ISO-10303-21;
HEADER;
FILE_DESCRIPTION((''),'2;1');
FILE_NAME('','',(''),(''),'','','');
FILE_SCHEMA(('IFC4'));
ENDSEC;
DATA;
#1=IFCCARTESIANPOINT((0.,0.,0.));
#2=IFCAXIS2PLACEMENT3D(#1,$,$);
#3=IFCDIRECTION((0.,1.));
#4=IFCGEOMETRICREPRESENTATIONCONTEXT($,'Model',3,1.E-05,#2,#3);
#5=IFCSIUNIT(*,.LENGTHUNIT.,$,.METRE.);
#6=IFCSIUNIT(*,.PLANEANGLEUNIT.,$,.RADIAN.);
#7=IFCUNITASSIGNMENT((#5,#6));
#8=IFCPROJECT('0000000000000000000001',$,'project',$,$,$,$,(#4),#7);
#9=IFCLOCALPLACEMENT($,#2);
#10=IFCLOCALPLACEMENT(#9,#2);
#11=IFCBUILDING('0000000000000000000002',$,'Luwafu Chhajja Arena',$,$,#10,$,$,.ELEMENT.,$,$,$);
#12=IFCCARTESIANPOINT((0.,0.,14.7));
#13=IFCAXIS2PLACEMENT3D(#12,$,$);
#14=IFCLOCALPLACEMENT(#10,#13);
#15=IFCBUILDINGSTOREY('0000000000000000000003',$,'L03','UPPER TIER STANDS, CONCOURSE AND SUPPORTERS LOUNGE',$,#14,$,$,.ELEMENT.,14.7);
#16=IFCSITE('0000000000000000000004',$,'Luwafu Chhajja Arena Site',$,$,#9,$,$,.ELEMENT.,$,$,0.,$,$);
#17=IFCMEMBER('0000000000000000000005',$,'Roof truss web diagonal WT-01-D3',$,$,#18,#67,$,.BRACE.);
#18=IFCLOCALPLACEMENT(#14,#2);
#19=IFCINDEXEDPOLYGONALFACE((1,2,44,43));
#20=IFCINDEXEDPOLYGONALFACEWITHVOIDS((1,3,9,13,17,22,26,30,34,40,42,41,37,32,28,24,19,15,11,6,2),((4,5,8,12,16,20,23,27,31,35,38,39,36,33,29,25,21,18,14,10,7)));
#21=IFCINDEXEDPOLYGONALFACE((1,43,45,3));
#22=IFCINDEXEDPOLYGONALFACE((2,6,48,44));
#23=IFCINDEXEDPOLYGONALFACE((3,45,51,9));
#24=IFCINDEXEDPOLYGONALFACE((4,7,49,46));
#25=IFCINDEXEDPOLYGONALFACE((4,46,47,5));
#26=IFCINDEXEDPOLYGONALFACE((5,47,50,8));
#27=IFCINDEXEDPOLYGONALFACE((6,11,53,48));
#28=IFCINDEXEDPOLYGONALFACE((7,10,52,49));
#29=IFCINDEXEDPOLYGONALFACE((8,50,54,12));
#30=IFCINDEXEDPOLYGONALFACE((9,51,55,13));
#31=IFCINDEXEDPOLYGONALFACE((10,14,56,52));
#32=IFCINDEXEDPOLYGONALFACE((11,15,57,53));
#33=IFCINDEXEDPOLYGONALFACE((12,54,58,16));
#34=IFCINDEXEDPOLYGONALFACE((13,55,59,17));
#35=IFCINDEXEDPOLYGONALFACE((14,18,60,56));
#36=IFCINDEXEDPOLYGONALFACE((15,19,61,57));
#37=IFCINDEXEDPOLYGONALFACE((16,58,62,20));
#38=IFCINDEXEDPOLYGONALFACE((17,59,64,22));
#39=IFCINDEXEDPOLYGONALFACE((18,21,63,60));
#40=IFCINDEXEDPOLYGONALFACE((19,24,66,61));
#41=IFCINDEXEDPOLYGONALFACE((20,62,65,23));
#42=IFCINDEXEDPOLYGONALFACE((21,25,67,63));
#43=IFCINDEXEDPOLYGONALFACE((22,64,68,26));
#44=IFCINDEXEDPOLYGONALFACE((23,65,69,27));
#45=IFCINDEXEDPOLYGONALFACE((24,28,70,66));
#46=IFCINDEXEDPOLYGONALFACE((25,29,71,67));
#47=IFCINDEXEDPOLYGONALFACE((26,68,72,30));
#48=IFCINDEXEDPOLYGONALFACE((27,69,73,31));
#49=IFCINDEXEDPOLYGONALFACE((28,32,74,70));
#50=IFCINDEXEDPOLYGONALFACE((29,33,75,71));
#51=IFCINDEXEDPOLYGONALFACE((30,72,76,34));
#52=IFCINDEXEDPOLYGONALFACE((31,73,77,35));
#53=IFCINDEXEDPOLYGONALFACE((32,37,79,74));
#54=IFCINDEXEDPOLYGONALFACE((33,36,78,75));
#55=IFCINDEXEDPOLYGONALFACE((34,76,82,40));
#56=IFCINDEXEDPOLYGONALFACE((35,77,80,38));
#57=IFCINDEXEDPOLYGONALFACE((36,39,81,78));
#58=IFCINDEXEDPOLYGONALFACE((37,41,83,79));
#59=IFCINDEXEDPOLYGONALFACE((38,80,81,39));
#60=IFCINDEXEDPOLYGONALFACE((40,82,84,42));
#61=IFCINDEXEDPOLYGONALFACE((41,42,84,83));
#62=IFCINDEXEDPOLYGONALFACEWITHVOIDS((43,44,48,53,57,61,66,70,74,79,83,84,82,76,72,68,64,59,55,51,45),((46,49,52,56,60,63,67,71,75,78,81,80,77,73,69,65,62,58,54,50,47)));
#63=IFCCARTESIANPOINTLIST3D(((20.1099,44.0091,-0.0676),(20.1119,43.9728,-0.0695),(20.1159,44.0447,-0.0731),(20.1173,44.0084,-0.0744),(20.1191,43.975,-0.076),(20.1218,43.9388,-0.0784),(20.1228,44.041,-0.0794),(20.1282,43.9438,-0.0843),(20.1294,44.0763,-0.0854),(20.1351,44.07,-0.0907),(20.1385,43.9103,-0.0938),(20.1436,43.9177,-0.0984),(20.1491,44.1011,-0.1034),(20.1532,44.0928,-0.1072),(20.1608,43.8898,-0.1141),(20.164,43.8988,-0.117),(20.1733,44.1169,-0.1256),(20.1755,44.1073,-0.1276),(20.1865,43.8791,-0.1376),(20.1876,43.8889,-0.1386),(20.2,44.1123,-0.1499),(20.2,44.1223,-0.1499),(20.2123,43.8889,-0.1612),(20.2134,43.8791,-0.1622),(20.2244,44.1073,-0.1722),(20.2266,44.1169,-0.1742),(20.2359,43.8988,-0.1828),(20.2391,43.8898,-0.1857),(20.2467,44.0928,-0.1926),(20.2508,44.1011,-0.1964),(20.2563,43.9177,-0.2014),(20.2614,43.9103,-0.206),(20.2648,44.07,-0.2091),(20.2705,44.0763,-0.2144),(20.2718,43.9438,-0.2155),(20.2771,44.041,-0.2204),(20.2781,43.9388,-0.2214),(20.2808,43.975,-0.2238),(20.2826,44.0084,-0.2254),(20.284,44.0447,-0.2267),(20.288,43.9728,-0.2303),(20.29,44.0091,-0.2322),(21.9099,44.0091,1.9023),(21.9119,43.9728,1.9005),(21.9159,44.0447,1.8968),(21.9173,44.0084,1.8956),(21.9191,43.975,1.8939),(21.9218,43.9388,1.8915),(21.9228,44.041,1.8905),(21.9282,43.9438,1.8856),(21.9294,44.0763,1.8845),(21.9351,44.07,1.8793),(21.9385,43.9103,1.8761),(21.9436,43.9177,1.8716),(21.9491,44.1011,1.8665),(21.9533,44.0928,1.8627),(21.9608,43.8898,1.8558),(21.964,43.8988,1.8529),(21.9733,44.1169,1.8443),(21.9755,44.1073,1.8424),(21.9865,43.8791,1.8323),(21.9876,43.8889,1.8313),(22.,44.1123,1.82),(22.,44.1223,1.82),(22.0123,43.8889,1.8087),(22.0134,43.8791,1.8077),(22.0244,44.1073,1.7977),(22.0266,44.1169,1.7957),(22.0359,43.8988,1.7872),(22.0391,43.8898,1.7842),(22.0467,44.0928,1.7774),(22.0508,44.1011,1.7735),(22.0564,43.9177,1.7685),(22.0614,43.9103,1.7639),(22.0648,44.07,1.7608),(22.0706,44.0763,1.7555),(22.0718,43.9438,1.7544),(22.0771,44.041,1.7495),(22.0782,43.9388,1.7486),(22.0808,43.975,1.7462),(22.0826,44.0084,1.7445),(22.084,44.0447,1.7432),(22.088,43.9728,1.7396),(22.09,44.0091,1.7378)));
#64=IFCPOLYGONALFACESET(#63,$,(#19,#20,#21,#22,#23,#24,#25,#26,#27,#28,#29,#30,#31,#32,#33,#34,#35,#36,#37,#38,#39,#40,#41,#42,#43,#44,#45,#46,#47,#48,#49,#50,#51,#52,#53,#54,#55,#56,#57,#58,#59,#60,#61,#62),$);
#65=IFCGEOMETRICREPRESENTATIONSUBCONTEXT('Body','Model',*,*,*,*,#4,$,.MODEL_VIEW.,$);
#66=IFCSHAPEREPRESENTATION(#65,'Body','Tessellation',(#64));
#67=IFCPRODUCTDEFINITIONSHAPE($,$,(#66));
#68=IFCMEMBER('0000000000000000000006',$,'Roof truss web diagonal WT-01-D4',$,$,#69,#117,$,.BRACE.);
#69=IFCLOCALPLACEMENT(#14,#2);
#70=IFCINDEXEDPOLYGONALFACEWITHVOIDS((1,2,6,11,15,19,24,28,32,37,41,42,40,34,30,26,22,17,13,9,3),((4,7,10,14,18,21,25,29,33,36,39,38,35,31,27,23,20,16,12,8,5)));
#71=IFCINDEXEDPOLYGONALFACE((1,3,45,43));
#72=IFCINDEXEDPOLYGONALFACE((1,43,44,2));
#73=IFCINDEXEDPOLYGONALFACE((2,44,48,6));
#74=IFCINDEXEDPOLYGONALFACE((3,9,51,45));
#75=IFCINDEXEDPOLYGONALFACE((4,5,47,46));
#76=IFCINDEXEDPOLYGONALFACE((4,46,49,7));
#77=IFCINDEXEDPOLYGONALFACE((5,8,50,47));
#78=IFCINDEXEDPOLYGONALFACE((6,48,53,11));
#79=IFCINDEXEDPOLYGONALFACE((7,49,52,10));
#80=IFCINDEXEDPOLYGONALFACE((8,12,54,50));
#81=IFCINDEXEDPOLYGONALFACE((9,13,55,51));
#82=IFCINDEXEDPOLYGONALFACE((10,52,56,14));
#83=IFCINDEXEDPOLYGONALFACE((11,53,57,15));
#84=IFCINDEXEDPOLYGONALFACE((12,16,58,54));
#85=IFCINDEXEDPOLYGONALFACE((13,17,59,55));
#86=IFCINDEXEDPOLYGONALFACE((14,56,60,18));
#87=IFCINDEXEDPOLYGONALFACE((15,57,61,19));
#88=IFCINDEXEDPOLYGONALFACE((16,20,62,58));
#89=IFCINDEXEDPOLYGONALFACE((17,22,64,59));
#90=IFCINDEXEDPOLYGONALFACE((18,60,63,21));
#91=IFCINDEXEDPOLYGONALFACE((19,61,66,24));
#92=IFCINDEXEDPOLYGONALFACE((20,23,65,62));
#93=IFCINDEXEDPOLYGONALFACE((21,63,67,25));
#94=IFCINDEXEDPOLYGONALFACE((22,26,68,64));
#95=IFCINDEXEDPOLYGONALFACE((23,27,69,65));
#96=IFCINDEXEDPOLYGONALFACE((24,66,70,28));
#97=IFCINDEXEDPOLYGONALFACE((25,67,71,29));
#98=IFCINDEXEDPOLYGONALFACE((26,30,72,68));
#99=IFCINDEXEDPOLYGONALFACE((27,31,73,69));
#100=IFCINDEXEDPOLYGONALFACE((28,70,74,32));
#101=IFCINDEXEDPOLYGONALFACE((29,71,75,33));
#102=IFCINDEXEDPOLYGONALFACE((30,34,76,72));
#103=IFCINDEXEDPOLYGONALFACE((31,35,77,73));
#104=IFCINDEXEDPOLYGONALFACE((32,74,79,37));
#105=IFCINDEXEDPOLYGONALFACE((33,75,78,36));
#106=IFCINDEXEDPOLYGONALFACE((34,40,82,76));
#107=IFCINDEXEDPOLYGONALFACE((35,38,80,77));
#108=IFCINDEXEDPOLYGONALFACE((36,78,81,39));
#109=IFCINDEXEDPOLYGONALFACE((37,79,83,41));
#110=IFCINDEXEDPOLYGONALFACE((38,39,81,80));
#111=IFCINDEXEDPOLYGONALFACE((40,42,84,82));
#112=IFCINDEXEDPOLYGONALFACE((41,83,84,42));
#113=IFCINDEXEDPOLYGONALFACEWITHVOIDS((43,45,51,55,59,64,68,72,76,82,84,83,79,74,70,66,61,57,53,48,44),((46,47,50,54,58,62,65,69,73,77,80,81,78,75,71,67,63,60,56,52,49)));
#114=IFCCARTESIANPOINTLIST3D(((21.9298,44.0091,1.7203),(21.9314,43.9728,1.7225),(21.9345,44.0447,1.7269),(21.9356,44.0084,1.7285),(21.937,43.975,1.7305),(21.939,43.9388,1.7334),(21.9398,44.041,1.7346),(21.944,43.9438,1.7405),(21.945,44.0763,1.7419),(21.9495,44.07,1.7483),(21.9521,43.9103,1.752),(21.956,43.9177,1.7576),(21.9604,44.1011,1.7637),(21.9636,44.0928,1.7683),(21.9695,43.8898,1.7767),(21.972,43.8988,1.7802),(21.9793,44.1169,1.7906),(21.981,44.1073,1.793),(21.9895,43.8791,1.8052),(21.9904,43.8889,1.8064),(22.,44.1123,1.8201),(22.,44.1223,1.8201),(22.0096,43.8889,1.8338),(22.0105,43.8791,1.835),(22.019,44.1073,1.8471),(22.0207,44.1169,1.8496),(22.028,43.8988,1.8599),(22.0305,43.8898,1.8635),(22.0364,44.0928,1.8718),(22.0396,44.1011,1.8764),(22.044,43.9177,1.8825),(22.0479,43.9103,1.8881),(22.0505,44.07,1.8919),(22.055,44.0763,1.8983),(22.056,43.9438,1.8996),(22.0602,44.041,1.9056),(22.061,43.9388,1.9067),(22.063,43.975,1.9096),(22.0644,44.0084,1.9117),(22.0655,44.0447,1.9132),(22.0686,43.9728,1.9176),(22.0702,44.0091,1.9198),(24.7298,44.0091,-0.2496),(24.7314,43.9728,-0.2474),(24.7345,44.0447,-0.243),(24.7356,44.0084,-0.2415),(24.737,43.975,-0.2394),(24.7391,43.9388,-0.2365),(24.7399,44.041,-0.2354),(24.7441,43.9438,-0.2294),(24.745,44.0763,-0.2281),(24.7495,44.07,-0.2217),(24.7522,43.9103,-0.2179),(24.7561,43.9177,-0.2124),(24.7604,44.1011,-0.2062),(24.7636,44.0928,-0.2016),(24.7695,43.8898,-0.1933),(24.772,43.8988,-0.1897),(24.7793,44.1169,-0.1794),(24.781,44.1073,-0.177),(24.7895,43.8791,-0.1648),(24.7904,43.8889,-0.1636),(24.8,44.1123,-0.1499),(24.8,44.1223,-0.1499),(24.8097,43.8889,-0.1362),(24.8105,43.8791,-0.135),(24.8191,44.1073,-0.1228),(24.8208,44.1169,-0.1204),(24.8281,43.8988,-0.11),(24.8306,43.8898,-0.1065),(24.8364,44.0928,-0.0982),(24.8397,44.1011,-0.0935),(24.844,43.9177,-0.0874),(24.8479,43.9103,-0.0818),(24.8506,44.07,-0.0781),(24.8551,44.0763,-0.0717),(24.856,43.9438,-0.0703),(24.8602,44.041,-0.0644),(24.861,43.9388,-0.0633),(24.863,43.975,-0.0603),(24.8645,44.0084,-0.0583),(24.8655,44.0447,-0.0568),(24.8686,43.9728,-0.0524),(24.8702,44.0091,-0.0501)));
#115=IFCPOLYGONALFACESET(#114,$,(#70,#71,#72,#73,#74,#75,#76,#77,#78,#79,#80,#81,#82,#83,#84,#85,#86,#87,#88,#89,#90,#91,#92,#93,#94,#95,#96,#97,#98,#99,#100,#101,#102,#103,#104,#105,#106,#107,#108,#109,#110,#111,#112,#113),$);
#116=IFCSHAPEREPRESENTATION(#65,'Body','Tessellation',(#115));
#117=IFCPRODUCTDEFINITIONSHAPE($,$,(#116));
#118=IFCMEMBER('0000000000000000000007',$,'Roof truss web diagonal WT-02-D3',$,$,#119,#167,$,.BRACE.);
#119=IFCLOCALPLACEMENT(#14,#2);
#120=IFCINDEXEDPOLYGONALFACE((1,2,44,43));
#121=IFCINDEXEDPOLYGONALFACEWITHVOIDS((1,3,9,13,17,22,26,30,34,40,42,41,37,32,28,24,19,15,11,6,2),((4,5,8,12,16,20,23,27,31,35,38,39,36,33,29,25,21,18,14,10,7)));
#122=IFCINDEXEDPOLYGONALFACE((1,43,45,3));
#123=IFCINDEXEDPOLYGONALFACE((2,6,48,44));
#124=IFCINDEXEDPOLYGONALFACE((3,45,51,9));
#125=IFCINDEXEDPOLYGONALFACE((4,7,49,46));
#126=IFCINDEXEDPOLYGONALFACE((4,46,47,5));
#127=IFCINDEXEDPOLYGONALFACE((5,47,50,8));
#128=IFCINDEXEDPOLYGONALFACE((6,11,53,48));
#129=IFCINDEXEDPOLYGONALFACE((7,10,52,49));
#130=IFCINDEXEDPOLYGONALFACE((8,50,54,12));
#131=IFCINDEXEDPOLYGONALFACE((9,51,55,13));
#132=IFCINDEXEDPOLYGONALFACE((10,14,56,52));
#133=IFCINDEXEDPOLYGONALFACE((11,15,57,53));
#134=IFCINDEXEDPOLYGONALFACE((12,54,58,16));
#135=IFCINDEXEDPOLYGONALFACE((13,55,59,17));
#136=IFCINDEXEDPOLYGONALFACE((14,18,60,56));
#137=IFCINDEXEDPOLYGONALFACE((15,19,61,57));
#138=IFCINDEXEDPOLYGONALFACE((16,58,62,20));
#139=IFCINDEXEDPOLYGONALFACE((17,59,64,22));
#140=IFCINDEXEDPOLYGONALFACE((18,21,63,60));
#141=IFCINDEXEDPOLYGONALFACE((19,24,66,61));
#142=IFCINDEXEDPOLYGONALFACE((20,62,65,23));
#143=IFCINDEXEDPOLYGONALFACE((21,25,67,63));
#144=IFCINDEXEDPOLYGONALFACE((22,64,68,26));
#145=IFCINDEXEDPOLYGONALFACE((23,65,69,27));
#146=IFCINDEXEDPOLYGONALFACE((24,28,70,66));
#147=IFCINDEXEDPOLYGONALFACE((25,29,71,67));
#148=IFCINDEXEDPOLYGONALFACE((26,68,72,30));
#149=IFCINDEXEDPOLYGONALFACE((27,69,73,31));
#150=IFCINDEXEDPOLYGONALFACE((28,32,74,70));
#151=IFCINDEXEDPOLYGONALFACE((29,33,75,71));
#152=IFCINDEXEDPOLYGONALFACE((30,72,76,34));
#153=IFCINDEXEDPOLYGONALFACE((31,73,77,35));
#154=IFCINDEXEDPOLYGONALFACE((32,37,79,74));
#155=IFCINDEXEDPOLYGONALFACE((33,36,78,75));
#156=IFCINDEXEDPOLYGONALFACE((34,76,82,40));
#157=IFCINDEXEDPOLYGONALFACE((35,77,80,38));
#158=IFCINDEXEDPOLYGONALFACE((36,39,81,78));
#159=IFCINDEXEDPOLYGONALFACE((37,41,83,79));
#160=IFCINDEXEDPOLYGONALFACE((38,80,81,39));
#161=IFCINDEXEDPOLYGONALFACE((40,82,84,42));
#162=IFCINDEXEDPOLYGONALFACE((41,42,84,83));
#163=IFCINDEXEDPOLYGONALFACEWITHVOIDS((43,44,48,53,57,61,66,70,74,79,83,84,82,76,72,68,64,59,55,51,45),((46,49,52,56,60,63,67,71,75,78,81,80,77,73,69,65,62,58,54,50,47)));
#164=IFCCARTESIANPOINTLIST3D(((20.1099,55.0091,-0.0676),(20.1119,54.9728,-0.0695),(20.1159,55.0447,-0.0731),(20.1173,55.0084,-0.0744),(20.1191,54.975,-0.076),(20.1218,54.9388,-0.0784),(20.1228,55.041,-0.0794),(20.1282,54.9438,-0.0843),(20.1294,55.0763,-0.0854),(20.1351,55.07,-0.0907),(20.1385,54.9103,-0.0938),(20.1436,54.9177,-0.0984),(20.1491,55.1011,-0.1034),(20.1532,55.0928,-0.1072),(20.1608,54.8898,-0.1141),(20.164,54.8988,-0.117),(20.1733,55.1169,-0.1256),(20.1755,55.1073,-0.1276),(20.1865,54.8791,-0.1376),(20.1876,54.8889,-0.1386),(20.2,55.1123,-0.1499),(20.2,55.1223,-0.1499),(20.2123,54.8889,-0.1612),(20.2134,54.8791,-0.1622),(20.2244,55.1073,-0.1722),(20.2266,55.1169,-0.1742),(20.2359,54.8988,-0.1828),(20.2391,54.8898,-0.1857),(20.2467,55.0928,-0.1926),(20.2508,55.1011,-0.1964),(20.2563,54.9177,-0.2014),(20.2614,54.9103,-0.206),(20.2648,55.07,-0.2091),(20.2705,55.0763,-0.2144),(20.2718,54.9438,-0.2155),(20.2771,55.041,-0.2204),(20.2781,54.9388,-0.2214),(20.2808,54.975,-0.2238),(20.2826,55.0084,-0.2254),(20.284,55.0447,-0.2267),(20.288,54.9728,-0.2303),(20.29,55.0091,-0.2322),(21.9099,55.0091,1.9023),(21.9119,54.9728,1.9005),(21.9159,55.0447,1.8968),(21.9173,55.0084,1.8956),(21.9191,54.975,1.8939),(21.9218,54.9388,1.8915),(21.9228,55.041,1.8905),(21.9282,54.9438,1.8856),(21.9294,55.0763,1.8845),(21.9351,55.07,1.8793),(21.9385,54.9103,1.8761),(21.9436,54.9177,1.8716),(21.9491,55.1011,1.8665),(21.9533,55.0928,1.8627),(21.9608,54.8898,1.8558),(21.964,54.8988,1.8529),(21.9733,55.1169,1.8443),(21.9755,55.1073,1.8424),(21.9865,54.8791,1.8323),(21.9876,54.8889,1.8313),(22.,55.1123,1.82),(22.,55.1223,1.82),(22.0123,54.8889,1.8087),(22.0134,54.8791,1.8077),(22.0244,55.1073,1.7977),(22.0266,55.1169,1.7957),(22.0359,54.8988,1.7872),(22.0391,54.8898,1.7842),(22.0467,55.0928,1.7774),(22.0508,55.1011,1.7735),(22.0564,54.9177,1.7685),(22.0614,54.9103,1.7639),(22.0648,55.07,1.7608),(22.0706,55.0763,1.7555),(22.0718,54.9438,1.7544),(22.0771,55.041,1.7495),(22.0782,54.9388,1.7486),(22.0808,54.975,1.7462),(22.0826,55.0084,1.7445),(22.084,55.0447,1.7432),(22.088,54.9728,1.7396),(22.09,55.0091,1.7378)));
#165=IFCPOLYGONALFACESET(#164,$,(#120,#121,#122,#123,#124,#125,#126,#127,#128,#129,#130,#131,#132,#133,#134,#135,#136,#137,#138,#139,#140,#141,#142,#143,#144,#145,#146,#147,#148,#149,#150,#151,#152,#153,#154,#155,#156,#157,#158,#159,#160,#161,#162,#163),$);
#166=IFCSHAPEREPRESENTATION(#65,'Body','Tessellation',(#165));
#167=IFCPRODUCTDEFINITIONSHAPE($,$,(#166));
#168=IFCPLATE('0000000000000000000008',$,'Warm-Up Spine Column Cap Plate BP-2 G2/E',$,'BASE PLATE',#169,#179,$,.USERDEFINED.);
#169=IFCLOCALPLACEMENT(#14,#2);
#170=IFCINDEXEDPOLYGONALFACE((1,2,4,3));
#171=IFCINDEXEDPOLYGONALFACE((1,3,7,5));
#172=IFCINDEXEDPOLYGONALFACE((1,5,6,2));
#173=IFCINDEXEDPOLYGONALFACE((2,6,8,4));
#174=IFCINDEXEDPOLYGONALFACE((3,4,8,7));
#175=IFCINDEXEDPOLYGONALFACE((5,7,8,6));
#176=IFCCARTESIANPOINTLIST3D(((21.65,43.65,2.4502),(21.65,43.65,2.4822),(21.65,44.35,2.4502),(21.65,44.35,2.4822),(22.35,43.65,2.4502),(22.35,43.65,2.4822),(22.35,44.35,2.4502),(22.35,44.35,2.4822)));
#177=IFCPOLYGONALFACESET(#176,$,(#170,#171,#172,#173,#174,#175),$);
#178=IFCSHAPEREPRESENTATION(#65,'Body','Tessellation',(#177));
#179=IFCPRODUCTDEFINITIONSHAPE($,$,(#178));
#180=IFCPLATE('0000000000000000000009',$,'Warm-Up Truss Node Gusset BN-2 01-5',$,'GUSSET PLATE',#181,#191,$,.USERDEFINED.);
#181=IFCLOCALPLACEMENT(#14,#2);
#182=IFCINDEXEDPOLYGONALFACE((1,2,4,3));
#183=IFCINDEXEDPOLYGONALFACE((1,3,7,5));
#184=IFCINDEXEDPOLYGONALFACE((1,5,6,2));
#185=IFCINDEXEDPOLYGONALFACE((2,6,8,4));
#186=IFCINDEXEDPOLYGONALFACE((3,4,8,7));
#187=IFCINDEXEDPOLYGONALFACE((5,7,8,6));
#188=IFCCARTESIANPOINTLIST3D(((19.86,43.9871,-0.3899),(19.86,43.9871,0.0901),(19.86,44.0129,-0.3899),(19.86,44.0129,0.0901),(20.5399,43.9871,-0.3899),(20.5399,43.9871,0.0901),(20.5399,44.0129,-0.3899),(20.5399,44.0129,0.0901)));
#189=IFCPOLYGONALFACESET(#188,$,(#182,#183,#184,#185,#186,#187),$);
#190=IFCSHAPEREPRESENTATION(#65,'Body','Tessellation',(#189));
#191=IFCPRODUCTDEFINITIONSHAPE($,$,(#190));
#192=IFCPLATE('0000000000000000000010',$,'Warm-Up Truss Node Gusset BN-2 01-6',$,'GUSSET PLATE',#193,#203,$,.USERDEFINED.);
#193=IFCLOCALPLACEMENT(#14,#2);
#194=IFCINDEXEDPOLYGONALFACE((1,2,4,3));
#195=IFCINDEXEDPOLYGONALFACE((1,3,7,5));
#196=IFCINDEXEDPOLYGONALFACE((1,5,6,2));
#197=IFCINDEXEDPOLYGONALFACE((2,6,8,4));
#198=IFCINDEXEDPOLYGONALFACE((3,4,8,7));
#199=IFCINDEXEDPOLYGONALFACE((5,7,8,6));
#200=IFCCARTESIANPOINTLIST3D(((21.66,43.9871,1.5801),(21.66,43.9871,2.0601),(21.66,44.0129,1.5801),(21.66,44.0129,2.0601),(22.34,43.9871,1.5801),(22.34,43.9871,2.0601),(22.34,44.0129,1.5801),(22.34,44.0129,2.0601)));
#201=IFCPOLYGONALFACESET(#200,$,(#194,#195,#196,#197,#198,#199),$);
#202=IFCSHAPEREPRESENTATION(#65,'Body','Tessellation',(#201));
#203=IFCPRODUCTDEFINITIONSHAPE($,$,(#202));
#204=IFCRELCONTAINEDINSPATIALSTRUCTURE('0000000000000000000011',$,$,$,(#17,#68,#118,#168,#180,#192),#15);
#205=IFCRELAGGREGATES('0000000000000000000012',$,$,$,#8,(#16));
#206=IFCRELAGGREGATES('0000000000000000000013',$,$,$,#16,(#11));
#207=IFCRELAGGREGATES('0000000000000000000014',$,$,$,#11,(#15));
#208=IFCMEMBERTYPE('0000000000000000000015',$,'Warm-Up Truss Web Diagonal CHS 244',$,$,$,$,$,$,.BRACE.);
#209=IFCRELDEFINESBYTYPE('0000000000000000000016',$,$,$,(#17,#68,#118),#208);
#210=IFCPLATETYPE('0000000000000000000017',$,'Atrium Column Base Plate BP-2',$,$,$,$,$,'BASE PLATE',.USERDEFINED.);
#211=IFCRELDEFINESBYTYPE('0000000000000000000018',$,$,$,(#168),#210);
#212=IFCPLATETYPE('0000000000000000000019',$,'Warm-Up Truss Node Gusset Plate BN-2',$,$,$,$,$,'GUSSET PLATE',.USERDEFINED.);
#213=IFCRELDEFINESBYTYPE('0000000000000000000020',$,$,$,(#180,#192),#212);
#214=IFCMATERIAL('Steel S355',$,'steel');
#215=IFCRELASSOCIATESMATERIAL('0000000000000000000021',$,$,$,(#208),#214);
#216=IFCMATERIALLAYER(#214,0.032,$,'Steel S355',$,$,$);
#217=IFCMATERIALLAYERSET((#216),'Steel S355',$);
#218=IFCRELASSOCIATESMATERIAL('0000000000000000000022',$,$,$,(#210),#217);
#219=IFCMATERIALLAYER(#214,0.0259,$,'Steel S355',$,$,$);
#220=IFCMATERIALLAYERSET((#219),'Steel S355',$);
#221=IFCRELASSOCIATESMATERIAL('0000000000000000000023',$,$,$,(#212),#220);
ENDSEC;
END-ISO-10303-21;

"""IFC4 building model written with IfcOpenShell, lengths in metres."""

from ifc_helpers import new_model, si_unit, direction, frame, origin, origin_2d, place, context, subcontext, project, spatial, rectangle, hollow_circle, extrude, material, layer, layer_set, material_profile, profile_set, type_object, element, save


model = new_model("IFC4")

# Units and contexts
model_context = context("Model", 3, precision=1e-05, world=origin(), true_north=direction((0.0, 1.0)))
body_context = subcontext(model_context, "Body", "Model", "MODEL_VIEW")
ifc_project = project(units=[si_unit("LENGTHUNIT", "METRE"), si_unit("PLANEANGLEUNIT", "RADIAN")], contexts=[model_context])

# Site, building, storey
site_placement = place(None, origin())
site = spatial("IfcSite", under=ifc_project, at=site_placement, Name="Luwafu Chhajja Arena Site", CompositionType="ELEMENT", RefElevation=0.0)
building_placement = place(site_placement, origin())
building = spatial("IfcBuilding", under=site, at=building_placement, Name="Luwafu Chhajja Arena", CompositionType="ELEMENT")
storey_placement = place(building_placement, frame((0.0, 0.0, 14.7)))
storey = spatial("IfcBuildingStorey", under=building, at=storey_placement, Name="L03", Description="UPPER TIER STANDS, CONCOURSE AND SUPPORTERS LOUNGE", CompositionType="ELEMENT", Elevation=14.7)

# Shared definitions
ifc_material_1 = material(Name="Steel S355", Category="steel")

# Members
ifc_material_profile_1 = material_profile(ifc_material_1, hollow_circle(Radius=0.1223, WallThickness=0.01, at=origin_2d()), Name="CHS 244.5x10")
ifc_profile_set_1 = profile_set([ifc_material_profile_1], Name="Steel S355")
member_type = type_object("IfcMemberType", Name="Warm-Up Truss Web Diagonal CHS 244", PredefinedType="BRACE", material=ifc_profile_set_1)
member_1_placement = place(storey_placement, frame((20.2, 44.0, -0.1499), z_axis=(0.674551, 0.0, 0.738228), x_axis=(0.0, 1.0, 0.0)))
element("IfcMember", 1, at=member_1_placement, inside=storey, type_object=member_type, Name="Roof truss web diagonal WT-01-D3", PredefinedType="BRACE", context=body_context, shape_type="SweptSolid", body=[
    extrude(hollow_circle(Radius=0.1223, WallThickness=0.01, at=origin_2d()), origin(), (0.0, 0.0, 1.0), 2.6685),
])
member_2_placement = place(storey_placement, frame((22.0, 44.0, 1.8201), z_axis=(0.817866, 0.0, -0.575409), x_axis=(0.0, 1.0, 0.0)))
element("IfcMember", 2, at=member_2_placement, inside=storey, type_object=member_type, Name="Roof truss web diagonal WT-01-D4", PredefinedType="BRACE", context=body_context, shape_type="SweptSolid", body=[
    extrude(hollow_circle(Radius=0.1223, WallThickness=0.01, at=origin_2d()), origin(), (0.0, 0.0, 1.0), 3.4236),
])
member_3_placement = place(storey_placement, frame((20.2, 55.0, -0.1499), z_axis=(0.674551, 0.0, 0.738228), x_axis=(0.0, 1.0, 0.0)))
element("IfcMember", 3, at=member_3_placement, inside=storey, type_object=member_type, Name="Roof truss web diagonal WT-02-D3", PredefinedType="BRACE", context=body_context, shape_type="SweptSolid", body=[
    extrude(hollow_circle(Radius=0.1223, WallThickness=0.01, at=origin_2d()), origin(), (0.0, 0.0, 1.0), 2.6685),
])

# Plates
ifc_layer_1 = layer(ifc_material_1, 0.032, Name="Steel S355")
ifc_layer_set_1 = layer_set([ifc_layer_1], Name="Steel S355")
plate_type_1 = type_object("IfcPlateType", Name="Atrium Column Base Plate BP-2", ElementType="BASE PLATE", PredefinedType="USERDEFINED", material=ifc_layer_set_1)
plate_placement = place(storey_placement, frame((22.0, 44.0, 2.4502), z_axis=(0.0, 0.0, 1.0), x_axis=(1.0, 0.0, 0.0)))
element("IfcPlate", 4, at=plate_placement, inside=storey, type_object=plate_type_1, Name="Warm-Up Spine Column Cap Plate BP-2 G2/E", ObjectType="BASE PLATE", PredefinedType="USERDEFINED", context=body_context, shape_type="SweptSolid", body=[
    extrude(rectangle(XDim=0.7, YDim=0.7, at=origin_2d()), origin(), (0.0, 0.0, 1.0), 0.032),
])
ifc_layer_2 = layer(ifc_material_1, 0.0259, Name="Steel S355")
ifc_layer_set_2 = layer_set([ifc_layer_2], Name="Steel S355")
plate_type_2 = type_object("IfcPlateType", Name="Warm-Up Truss Node Gusset Plate BN-2", ElementType="GUSSET PLATE", PredefinedType="USERDEFINED", material=ifc_layer_set_2)
for number, where, z_axis, x_axis, name in (
    (5, (20.2, 44.0, -0.3899), (0.0, 0.0, 1.0), (1.0, 0.0, 0.0), "Warm-Up Truss Node Gusset BN-2 01-5"),
    (6, (22.0, 44.0, 1.5801), (0.0, 0.0, 1.0), (1.0, 0.0, 0.0), "Warm-Up Truss Node Gusset BN-2 01-6"),
):
    element("IfcPlate", number, at=place(storey_placement, frame(where, z_axis=z_axis, x_axis=x_axis)), inside=storey, type_object=plate_type_2, Name=name, ObjectType="GUSSET PLATE", PredefinedType="USERDEFINED", context=body_context, shape_type="SweptSolid", body=[
        extrude(rectangle(XDim=0.6799, YDim=0.0259, at=origin_2d()), origin(), (0.0, 0.0, 1.0), 0.48),
    ])

save(model, "model.ifc")
